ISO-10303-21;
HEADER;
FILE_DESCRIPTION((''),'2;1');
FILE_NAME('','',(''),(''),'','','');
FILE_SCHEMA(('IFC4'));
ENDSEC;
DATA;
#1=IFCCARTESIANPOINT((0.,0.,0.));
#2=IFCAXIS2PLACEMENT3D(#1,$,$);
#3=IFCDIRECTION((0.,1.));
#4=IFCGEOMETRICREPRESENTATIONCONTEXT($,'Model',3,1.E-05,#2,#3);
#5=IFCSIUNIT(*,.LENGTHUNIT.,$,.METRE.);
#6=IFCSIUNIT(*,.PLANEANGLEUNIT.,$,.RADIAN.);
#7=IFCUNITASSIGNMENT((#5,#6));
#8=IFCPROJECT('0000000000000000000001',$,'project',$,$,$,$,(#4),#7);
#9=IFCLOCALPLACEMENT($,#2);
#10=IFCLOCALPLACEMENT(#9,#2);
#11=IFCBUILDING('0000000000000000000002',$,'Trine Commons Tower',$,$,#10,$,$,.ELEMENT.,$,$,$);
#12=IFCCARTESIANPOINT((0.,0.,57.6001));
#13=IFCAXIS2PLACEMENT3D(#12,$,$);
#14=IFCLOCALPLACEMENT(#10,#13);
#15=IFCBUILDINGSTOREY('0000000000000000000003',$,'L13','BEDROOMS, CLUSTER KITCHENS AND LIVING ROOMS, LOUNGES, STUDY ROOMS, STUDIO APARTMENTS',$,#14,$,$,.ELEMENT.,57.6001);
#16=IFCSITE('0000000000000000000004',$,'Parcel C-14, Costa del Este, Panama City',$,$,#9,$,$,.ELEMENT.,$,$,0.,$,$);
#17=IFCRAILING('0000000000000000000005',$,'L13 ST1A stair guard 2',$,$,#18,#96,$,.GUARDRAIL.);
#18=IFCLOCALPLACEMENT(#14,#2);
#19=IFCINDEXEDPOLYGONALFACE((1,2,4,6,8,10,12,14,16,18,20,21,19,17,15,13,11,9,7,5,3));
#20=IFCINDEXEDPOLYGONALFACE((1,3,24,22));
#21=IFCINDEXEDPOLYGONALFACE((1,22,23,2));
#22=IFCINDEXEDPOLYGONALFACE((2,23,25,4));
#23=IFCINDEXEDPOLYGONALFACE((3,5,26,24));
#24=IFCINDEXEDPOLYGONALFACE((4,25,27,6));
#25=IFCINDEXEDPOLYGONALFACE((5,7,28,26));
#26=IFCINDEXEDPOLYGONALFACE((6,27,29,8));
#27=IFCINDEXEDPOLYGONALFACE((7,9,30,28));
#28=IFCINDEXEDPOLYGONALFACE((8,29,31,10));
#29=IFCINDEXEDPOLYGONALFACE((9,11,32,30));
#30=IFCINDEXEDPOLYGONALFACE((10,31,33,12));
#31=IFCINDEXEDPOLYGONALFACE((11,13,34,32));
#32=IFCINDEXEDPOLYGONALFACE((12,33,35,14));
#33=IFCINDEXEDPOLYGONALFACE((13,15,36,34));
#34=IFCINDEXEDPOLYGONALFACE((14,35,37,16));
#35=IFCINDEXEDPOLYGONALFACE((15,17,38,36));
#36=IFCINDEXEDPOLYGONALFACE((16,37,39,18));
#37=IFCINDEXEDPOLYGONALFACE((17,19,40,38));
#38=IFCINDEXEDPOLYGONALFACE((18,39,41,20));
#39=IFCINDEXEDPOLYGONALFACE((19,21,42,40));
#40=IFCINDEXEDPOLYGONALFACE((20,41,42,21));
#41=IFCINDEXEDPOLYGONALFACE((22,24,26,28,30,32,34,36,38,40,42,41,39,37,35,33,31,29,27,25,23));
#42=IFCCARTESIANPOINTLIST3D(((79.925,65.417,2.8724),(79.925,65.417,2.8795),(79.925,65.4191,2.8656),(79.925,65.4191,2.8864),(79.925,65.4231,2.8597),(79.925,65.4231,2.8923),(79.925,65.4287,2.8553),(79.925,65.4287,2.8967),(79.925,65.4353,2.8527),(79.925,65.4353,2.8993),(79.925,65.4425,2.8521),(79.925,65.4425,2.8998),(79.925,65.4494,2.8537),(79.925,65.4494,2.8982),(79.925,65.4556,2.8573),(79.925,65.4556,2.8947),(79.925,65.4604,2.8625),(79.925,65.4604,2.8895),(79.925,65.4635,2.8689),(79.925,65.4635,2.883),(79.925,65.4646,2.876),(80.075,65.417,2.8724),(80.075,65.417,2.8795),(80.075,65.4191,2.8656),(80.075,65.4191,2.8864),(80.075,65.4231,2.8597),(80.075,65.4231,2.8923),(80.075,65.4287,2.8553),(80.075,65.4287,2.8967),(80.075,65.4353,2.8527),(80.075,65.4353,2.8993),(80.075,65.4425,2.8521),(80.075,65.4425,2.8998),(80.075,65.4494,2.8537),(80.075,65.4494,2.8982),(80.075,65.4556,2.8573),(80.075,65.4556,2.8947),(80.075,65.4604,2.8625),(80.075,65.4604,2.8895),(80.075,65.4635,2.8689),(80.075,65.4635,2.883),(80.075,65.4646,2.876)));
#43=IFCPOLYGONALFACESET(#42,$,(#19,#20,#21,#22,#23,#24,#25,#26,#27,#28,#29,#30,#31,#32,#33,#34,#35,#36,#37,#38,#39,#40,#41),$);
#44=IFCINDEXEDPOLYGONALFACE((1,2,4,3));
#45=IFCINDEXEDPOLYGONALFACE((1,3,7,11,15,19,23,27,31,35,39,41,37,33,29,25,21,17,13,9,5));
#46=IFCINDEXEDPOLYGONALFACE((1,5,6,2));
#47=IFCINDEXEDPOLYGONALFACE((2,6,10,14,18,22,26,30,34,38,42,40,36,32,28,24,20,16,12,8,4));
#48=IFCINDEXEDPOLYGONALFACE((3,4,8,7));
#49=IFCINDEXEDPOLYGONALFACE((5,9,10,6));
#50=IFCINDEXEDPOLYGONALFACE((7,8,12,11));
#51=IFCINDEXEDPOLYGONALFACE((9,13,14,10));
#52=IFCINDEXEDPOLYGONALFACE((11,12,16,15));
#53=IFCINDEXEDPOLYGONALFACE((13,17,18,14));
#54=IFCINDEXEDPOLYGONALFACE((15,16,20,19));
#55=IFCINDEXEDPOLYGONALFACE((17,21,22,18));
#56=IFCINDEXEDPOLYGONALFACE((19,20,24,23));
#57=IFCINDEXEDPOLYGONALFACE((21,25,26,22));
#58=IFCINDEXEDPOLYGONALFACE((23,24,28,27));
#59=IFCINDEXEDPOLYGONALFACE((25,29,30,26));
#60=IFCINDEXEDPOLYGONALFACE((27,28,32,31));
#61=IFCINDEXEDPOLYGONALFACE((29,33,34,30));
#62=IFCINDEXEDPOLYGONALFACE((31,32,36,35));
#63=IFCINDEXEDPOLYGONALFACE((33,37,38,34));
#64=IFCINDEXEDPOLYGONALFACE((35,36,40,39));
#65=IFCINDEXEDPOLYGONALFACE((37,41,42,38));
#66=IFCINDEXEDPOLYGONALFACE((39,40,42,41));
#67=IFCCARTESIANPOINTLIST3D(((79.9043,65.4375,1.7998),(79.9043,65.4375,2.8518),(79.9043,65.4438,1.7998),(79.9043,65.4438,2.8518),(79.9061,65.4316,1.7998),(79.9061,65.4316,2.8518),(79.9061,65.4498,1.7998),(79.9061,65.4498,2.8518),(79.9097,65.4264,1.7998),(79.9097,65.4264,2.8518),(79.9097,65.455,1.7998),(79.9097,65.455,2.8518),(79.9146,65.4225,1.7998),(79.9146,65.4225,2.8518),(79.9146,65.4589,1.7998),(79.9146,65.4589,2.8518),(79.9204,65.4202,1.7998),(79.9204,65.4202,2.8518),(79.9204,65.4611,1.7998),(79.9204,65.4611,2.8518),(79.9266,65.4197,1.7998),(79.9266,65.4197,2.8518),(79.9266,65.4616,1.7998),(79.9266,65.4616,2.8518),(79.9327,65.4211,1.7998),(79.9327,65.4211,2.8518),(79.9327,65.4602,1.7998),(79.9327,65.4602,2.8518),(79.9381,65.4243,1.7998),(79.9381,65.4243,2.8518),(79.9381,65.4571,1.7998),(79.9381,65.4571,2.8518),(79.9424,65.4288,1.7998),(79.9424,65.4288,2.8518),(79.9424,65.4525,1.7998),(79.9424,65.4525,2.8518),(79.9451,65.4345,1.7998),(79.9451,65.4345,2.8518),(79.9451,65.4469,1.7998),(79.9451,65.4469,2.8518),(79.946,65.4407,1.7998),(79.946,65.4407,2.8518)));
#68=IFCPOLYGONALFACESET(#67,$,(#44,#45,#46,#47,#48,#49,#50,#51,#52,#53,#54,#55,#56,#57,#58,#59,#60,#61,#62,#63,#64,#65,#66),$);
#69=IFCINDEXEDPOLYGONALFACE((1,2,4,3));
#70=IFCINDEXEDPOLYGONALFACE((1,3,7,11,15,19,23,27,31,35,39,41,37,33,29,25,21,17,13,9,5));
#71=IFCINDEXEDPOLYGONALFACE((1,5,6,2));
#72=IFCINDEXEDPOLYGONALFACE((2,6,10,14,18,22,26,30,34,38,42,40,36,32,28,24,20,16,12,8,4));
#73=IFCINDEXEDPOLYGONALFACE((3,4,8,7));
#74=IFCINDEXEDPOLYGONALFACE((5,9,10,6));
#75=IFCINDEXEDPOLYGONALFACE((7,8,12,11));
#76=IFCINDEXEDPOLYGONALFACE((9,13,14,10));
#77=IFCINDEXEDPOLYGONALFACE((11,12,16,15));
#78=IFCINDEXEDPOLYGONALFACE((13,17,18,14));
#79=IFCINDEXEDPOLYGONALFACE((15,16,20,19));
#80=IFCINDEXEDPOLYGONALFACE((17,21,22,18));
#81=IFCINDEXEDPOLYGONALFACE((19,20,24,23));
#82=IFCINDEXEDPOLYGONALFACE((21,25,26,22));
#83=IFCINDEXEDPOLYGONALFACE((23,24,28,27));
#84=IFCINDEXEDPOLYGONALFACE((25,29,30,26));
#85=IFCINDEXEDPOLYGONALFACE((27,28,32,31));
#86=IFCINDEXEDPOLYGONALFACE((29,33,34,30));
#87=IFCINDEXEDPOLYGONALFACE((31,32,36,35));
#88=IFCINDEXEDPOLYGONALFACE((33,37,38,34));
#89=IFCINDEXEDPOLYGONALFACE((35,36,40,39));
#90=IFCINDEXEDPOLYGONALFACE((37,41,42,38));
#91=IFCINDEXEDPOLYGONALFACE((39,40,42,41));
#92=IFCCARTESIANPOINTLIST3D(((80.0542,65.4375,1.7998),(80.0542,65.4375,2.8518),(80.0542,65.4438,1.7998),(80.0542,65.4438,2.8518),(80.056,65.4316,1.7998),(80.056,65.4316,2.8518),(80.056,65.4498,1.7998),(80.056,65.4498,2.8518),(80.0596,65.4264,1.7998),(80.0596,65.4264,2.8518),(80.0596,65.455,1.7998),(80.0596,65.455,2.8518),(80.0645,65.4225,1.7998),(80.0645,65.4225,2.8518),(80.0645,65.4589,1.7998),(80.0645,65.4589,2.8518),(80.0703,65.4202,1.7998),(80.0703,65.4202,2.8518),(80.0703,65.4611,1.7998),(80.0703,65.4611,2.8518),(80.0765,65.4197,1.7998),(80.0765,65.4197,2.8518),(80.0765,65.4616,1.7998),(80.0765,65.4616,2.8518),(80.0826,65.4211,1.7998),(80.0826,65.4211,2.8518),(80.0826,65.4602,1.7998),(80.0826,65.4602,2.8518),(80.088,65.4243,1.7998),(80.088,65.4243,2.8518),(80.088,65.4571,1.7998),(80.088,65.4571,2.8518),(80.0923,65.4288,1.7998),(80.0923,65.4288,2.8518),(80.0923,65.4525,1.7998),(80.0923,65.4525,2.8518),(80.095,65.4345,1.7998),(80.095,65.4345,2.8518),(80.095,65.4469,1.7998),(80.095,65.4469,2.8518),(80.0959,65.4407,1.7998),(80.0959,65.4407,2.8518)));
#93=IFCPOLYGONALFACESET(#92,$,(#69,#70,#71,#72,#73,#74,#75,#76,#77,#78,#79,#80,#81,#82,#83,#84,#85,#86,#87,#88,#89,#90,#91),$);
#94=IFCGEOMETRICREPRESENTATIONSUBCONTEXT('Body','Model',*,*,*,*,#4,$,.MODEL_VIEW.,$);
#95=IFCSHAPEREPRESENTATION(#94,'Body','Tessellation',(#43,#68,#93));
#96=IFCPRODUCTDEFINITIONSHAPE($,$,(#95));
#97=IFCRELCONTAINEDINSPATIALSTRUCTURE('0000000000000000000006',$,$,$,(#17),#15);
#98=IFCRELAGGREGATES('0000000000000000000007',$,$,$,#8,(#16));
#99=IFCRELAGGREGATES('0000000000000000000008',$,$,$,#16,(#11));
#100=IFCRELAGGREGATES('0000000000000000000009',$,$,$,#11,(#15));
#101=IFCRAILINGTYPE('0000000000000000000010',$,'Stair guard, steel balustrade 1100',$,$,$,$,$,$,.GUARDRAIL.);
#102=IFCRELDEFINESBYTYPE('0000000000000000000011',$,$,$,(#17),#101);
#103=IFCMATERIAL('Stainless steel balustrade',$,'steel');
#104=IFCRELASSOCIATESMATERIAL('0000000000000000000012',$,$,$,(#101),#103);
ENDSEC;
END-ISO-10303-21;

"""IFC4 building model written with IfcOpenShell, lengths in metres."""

from ifc_helpers import new_model, si_unit, direction, frame, origin, origin_2d, place, context, subcontext, project, spatial, circle, extrude, material, type_object, element, save


model = new_model("IFC4")

# Units and contexts
model_context = context("Model", 3, precision=1e-05, world=origin(), true_north=direction((0.0, 1.0)))
body_context = subcontext(model_context, "Body", "Model", "MODEL_VIEW")
ifc_project = project(units=[si_unit("LENGTHUNIT", "METRE"), si_unit("PLANEANGLEUNIT", "RADIAN")], contexts=[model_context])

# Site, building, storey
site_placement = place(None, origin())
site = spatial("IfcSite", under=ifc_project, at=site_placement, Name="Parcel C-14, Costa del Este, Panama City", CompositionType="ELEMENT", RefElevation=0.0)
building_placement = place(site_placement, origin())
building = spatial("IfcBuilding", under=site, at=building_placement, Name="Trine Commons Tower", CompositionType="ELEMENT")
storey_placement = place(building_placement, frame((0.0, 0.0, 57.6001)))
storey = spatial("IfcBuildingStorey", under=building, at=storey_placement, Name="L13", Description="BEDROOMS, CLUSTER KITCHENS AND LIVING ROOMS, LOUNGES, STUDY ROOMS, STUDIO APARTMENTS", CompositionType="ELEMENT", Elevation=57.6001)

# Railing
ifc_material_1 = material(Name="Stainless steel balustrade", Category="steel")
railing_type_1 = type_object("IfcRailingType", Name="Stair guard, steel balustrade 1100", PredefinedType="GUARDRAIL", material=ifc_material_1)
railing_1_placement = place(storey_placement, frame((79.925, 65.4407, 1.7998)))
element("IfcRailing", 1, at=railing_1_placement, inside=storey, type_object=railing_type_1, Name="L13 ST1A stair guard 2", PredefinedType="GUARDRAIL", context=body_context, shape_type="SweptSolid", body=[
    extrude(circle(Radius=0.0239, at=origin_2d()), frame((0.0, 0.0, 1.0762), z_axis=(1.0, 0.0, 0.0), x_axis=(0.0, 1.0, 0.0)), (0.0, 0.0, 1.0), 0.1499),
    extrude(circle(Radius=0.021, at=origin_2d()), origin(), (0.0, 0.0, 1.0), 1.052),
    extrude(circle(Radius=0.021, at=origin_2d()), frame((0.1499, 0.0, 0.0)), (0.0, 0.0, 1.0), 1.052),
])

save(model, "model.ifc")
